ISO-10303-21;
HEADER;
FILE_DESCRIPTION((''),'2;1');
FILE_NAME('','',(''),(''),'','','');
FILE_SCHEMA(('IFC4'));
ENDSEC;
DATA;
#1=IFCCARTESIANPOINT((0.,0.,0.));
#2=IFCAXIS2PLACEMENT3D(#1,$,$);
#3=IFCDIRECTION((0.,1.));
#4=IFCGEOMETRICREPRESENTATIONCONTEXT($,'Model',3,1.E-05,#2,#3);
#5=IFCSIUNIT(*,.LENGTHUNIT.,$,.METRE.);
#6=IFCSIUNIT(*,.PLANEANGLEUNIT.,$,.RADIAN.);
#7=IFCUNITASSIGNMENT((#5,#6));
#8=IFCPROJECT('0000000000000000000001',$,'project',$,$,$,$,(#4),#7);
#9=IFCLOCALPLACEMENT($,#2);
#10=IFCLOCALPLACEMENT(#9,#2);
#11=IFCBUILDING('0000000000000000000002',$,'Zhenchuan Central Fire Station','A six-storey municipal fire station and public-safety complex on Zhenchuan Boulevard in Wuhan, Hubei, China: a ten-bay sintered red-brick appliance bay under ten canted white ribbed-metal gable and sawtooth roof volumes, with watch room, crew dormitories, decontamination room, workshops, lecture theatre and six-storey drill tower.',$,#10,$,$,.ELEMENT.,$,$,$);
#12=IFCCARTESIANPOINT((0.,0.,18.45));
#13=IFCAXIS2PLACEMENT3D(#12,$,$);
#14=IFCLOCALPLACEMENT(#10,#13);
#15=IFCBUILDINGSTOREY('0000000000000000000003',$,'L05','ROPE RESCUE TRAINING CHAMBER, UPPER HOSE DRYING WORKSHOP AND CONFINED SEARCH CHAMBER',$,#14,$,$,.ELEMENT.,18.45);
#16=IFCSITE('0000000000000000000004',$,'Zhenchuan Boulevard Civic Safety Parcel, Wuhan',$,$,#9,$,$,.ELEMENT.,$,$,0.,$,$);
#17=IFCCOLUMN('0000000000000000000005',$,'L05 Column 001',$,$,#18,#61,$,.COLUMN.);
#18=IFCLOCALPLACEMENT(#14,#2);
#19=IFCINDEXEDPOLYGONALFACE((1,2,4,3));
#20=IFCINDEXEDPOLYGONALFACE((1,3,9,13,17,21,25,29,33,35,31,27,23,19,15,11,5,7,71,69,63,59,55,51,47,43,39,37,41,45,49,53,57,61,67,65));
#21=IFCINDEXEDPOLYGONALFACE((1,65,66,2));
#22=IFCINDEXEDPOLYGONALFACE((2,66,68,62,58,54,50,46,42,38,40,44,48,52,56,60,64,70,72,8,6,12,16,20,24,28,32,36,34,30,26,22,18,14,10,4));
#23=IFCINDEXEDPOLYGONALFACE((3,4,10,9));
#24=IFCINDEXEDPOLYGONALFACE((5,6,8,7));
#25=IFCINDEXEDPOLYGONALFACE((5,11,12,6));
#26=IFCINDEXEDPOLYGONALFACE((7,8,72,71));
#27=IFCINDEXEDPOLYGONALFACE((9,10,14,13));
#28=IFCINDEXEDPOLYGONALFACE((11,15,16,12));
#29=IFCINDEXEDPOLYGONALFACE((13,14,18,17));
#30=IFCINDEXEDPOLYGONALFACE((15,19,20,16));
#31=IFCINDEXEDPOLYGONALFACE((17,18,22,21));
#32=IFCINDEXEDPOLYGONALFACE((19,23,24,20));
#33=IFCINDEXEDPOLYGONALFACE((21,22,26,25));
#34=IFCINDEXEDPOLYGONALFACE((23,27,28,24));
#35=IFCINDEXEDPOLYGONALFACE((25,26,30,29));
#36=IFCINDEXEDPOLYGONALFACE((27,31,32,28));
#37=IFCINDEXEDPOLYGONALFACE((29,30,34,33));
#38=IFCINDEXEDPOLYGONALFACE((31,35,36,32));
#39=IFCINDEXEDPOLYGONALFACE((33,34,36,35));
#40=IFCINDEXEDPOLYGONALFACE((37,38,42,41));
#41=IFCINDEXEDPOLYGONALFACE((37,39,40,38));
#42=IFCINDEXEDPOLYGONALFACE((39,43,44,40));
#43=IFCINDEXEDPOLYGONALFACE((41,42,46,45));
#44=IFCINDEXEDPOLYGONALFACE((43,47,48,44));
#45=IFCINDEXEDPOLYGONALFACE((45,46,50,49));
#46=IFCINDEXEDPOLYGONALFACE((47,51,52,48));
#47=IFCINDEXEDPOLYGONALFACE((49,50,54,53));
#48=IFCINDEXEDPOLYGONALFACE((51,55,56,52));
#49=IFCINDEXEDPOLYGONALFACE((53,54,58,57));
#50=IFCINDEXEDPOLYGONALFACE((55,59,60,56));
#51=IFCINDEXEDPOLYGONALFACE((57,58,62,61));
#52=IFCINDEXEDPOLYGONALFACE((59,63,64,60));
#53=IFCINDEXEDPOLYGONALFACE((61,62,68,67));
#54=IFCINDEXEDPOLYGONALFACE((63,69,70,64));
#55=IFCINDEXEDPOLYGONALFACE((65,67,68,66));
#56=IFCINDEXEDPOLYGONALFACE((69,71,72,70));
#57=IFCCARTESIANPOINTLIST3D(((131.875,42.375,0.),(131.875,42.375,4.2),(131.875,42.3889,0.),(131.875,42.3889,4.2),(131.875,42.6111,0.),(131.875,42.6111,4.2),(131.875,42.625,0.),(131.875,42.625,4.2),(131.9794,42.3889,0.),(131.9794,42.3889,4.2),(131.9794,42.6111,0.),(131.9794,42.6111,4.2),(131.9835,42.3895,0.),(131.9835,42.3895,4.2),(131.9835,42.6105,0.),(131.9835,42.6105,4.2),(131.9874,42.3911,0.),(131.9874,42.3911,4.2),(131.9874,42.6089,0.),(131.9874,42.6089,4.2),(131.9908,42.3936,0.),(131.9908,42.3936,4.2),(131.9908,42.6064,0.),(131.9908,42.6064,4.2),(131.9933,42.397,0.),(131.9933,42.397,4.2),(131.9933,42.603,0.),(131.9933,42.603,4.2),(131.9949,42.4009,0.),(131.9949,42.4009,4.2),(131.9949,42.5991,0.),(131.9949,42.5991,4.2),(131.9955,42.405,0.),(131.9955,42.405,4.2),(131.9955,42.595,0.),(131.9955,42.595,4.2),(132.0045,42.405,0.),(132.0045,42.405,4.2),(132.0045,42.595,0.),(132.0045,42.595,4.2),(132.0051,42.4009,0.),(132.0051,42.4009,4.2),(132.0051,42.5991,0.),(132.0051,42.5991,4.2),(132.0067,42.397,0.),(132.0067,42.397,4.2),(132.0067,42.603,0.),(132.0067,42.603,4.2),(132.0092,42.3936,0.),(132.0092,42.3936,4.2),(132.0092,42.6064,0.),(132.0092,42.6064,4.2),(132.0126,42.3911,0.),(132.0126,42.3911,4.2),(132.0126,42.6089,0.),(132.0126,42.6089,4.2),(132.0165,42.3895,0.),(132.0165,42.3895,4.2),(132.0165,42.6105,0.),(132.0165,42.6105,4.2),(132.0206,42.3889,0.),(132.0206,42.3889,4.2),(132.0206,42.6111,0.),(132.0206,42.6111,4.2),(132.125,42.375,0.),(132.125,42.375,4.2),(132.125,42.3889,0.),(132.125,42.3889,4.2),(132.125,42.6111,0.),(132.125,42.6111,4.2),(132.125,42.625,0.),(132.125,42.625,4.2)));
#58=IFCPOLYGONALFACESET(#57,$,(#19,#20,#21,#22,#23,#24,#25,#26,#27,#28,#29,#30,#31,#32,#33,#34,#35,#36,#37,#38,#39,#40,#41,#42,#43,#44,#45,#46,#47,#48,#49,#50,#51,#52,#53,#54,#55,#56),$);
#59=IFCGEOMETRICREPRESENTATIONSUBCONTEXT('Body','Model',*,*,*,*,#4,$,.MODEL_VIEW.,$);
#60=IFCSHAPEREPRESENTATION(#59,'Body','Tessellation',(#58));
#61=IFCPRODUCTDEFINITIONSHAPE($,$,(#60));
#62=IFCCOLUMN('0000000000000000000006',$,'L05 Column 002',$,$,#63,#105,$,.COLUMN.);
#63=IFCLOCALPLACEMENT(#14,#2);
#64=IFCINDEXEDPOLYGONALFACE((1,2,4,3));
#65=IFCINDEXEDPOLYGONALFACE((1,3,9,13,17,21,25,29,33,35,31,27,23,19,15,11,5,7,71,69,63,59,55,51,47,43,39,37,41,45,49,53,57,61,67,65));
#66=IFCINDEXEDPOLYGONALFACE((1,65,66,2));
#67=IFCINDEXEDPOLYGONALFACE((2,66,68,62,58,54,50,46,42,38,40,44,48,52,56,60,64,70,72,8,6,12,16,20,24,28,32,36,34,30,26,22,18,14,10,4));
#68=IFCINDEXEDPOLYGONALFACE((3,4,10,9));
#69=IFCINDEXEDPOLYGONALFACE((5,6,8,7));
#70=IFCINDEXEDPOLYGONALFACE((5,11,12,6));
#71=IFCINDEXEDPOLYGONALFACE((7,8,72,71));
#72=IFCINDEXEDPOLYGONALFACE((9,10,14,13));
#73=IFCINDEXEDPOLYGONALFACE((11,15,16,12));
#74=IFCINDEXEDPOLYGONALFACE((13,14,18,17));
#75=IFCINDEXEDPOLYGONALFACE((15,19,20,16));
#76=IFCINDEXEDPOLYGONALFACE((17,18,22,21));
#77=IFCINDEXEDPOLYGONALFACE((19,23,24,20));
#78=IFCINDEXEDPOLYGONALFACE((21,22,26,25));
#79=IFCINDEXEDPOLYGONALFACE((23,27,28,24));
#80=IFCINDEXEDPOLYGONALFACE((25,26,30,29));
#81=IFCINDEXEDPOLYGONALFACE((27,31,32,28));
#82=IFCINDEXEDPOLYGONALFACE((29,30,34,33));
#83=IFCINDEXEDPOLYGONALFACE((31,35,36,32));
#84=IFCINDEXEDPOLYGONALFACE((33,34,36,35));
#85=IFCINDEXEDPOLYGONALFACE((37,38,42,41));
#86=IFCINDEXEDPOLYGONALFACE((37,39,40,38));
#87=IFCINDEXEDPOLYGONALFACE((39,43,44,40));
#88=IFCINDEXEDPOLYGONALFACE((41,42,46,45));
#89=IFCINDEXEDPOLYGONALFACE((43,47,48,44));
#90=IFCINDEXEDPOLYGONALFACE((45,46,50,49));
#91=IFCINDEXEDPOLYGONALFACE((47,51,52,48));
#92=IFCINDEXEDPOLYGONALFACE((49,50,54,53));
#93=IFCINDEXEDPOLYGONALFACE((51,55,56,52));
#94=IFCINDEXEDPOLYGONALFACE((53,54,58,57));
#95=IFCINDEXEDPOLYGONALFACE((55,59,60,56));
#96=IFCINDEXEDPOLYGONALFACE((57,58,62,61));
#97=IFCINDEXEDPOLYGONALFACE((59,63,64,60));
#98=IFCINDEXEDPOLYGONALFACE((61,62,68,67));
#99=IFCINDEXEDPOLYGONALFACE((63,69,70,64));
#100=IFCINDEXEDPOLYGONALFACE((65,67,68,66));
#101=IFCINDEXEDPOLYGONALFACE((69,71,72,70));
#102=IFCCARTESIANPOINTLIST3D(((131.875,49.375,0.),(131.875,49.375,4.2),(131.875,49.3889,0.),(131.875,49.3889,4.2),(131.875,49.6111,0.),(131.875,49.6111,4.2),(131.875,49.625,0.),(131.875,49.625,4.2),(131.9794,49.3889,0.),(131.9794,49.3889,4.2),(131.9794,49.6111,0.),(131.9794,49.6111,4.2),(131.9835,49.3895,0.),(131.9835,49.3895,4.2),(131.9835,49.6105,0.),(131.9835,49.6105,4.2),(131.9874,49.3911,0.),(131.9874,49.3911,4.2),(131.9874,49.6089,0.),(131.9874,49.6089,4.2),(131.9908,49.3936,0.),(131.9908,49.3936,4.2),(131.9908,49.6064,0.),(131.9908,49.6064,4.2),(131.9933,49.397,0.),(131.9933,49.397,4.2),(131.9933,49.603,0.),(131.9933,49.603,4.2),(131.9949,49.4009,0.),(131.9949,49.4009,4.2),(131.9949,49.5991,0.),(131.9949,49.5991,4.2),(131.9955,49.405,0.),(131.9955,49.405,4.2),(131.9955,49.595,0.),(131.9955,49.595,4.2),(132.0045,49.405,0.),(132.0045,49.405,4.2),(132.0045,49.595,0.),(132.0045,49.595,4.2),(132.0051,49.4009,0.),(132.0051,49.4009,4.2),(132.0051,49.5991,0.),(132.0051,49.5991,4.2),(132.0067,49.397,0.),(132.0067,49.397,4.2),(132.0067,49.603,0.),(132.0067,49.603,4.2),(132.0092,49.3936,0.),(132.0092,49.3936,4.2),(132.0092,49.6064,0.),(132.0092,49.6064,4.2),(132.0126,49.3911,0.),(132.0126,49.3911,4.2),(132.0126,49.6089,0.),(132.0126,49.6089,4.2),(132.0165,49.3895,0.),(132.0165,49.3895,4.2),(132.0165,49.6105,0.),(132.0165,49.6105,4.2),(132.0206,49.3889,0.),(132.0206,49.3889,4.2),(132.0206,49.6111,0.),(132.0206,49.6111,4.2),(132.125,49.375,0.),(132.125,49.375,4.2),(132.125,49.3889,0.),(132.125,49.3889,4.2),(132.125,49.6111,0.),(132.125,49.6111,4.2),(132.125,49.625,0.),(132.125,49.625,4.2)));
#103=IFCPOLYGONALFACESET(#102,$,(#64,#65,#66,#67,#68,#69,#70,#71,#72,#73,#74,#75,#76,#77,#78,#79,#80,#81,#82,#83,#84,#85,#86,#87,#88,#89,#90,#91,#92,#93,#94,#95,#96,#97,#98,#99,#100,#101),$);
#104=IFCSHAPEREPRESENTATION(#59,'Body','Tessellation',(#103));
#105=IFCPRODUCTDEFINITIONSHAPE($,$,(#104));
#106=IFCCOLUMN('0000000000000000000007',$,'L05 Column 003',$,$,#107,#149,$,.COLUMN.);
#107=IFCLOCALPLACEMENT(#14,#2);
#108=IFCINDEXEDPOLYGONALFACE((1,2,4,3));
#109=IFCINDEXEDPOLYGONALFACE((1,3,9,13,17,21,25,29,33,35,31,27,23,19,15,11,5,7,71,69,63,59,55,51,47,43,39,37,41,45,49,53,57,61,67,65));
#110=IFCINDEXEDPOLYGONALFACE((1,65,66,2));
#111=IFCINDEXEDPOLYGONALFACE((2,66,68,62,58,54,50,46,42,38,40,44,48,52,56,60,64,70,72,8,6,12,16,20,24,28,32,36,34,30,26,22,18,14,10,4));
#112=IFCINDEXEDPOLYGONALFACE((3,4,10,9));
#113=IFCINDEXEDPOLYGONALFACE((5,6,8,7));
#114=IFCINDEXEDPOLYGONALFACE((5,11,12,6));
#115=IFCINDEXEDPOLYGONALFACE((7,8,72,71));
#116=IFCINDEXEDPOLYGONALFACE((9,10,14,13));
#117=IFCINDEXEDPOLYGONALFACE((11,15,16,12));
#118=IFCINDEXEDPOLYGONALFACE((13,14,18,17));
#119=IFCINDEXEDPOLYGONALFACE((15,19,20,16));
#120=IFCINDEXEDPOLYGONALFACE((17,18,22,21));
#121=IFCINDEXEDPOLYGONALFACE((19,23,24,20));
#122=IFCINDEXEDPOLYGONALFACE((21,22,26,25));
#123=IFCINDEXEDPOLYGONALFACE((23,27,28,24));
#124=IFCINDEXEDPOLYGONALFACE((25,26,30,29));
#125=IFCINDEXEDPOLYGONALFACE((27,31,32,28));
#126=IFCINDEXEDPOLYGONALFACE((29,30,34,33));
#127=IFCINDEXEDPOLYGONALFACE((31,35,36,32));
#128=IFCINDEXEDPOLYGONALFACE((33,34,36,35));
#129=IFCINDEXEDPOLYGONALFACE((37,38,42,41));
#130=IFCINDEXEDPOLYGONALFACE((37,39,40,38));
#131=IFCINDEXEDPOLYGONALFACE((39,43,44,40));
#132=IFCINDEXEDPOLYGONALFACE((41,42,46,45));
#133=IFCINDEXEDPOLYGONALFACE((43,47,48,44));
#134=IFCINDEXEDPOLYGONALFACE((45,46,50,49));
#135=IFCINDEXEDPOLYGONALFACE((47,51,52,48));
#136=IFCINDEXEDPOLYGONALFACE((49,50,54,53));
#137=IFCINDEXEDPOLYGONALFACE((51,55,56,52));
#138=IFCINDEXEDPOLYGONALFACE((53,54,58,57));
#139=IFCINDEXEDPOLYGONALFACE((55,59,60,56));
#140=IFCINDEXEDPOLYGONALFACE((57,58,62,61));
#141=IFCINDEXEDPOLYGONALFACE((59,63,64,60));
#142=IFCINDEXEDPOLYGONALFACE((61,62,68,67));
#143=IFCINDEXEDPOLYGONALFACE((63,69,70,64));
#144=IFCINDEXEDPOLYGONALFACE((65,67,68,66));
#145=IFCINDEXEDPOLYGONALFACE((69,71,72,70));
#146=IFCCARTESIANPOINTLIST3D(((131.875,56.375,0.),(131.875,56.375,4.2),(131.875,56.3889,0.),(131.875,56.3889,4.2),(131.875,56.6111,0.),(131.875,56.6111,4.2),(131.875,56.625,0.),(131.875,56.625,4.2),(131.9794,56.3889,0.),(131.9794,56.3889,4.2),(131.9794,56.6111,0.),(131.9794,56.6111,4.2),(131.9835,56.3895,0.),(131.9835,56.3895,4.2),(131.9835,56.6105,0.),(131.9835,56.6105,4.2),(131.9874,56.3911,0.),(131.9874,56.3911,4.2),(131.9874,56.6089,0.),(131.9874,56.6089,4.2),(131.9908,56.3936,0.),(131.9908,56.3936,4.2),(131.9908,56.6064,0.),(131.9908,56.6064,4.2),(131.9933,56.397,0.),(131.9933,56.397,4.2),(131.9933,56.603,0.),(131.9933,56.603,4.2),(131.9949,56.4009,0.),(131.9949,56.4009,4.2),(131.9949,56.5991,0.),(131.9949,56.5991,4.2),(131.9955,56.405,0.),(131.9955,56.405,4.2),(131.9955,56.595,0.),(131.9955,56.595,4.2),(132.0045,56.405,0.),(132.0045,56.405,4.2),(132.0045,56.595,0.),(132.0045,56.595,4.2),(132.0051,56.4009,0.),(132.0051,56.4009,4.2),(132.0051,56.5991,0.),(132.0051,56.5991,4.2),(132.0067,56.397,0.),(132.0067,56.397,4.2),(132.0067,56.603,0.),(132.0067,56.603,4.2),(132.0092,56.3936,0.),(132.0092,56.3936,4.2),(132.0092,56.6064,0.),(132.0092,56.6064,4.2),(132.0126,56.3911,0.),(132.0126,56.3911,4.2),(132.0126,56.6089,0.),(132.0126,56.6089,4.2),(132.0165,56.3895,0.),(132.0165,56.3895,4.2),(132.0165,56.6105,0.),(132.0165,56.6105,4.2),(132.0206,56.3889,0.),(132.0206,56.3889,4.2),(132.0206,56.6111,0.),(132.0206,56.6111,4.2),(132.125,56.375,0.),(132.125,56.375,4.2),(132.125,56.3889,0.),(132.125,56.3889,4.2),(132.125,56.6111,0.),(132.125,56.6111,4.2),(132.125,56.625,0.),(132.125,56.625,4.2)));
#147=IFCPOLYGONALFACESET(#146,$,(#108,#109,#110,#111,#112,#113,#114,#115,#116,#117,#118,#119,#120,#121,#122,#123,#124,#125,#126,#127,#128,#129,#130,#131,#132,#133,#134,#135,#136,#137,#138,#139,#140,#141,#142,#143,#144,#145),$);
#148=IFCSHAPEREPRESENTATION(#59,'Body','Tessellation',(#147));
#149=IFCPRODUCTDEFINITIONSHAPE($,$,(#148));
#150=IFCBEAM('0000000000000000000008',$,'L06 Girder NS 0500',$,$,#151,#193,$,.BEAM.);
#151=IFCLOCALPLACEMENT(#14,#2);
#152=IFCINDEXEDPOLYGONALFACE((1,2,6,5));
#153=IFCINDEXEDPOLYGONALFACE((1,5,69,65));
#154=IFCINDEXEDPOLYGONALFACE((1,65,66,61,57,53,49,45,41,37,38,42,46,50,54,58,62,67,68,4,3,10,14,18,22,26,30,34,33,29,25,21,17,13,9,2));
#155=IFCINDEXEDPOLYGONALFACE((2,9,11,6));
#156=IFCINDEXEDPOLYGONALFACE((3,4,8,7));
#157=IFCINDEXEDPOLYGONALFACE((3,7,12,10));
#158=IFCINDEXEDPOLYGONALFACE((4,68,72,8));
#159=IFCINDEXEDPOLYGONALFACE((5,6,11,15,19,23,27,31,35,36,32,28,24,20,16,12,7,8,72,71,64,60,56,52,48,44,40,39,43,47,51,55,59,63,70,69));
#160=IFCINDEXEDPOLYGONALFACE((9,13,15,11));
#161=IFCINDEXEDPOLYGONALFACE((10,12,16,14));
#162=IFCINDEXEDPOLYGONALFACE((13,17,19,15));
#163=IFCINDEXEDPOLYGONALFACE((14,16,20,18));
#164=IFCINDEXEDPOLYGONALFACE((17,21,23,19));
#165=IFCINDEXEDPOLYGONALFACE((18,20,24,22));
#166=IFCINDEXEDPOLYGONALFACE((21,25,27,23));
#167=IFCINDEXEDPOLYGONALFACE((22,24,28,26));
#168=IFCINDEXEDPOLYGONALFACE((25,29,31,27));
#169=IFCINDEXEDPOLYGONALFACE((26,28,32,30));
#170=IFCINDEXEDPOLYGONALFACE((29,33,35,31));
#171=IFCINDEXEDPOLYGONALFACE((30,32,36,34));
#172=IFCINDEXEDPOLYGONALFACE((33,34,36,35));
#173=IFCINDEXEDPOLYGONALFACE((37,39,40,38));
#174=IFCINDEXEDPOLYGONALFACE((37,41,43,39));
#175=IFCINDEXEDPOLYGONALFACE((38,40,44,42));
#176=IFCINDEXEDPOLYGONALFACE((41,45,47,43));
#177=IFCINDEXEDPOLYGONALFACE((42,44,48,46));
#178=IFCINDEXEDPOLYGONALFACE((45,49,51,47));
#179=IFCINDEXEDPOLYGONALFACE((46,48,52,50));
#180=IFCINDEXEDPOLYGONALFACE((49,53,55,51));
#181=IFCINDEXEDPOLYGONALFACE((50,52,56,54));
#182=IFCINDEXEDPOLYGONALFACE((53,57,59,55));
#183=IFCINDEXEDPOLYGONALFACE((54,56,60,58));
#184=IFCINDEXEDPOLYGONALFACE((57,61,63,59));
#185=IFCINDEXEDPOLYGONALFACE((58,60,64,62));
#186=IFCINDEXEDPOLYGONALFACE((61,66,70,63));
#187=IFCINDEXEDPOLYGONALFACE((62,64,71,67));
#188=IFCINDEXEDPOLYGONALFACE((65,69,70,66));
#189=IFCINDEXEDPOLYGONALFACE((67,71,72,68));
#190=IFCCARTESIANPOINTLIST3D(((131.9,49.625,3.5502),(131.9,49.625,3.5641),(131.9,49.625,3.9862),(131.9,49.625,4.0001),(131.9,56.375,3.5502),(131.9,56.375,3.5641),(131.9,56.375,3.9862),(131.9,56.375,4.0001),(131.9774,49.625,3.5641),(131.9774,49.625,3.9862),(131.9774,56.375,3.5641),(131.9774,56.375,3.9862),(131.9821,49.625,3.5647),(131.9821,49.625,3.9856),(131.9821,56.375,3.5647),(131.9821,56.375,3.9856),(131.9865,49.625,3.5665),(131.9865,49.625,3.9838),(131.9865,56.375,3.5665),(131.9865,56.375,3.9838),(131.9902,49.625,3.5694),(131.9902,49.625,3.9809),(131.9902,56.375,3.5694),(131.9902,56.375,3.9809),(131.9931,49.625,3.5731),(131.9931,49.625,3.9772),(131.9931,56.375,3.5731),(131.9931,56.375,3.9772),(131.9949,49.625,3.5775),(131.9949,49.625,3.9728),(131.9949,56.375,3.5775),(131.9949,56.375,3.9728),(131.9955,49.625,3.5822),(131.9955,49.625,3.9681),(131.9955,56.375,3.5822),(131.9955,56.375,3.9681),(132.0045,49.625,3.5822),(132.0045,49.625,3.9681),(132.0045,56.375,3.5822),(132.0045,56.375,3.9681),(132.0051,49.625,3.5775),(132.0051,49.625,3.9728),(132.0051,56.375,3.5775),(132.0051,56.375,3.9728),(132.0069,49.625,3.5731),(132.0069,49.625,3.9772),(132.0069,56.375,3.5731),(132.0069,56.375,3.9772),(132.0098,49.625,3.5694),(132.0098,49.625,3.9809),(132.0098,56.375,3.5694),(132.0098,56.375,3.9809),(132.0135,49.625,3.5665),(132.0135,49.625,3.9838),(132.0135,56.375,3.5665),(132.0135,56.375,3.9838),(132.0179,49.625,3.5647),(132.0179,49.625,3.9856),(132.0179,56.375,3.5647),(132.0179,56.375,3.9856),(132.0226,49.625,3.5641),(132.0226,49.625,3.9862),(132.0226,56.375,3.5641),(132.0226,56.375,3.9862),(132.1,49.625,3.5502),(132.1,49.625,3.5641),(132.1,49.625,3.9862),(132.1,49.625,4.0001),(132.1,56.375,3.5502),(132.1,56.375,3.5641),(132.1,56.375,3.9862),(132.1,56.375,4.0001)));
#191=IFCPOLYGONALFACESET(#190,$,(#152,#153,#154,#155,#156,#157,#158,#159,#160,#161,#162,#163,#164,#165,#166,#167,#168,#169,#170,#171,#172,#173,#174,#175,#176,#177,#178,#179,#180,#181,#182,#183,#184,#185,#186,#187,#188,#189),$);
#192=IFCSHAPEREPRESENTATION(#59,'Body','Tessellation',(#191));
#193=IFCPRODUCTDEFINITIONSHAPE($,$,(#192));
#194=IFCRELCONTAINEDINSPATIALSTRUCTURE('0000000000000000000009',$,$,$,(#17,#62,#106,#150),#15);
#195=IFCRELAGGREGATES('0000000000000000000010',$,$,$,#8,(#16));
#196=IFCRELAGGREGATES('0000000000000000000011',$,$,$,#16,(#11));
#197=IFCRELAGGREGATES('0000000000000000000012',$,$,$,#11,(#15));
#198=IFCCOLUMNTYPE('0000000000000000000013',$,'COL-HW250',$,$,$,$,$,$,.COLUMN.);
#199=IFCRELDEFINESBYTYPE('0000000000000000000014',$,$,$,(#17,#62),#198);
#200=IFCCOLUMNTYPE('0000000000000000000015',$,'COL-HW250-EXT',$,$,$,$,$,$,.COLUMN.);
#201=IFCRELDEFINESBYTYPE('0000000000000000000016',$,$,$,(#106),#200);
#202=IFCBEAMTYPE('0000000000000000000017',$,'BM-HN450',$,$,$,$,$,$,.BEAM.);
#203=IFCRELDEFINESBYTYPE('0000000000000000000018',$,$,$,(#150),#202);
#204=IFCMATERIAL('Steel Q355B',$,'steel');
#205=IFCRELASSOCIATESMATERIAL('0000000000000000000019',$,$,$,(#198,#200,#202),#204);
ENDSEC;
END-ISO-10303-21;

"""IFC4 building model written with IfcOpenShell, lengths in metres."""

from ifc_helpers import new_model, si_unit, direction, frame, origin, origin_2d, place, context, subcontext, project, spatial, i_section, extrude, material, material_profile, profile_set, type_object, element, save


model = new_model("IFC4")

# Units and contexts
model_context = context("Model", 3, precision=1e-05, world=origin(), true_north=direction((0.0, 1.0)))
body_context = subcontext(model_context, "Body", "Model", "MODEL_VIEW")
ifc_project = project(units=[si_unit("LENGTHUNIT", "METRE"), si_unit("PLANEANGLEUNIT", "RADIAN")], contexts=[model_context])

# Site, building, storey
site_placement = place(None, origin())
site = spatial("IfcSite", under=ifc_project, at=site_placement, Name="Zhenchuan Boulevard Civic Safety Parcel, Wuhan", CompositionType="ELEMENT", RefElevation=0.0)
building_placement = place(site_placement, origin())
building = spatial("IfcBuilding", under=site, at=building_placement, Name="Zhenchuan Central Fire Station", Description="A six-storey municipal fire station and public-safety complex on Zhenchuan Boulevard in Wuhan, Hubei, China: a ten-bay sintered red-brick appliance bay under ten canted white ribbed-metal gable and sawtooth roof volumes, with watch room, crew dormitories, decontamination room, workshops, lecture theatre and six-storey drill tower.", CompositionType="ELEMENT")
storey_placement = place(building_placement, frame((0.0, 0.0, 18.45)))
storey = spatial("IfcBuildingStorey", under=building, at=storey_placement, Name="L05", Description="ROPE RESCUE TRAINING CHAMBER, UPPER HOSE DRYING WORKSHOP AND CONFINED SEARCH CHAMBER", CompositionType="ELEMENT", Elevation=18.45)

# Columns
ifc_material_1 = material(Name="Steel Q355B", Category="steel")
ifc_material_profile_1 = material_profile(ifc_material_1, i_section(OverallWidth=0.25, OverallDepth=0.25, WebThickness=0.009, FlangeThickness=0.0139, FilletRadius=0.0161, at=origin_2d()), Name="HW 250x250")
ifc_profile_set_1 = profile_set([ifc_material_profile_1], Name="Steel Q355B")
column_type_1 = type_object("IfcColumnType", Name="COL-HW250", PredefinedType="COLUMN", material=ifc_profile_set_1)
for number, where, z_axis, x_axis, name in (
    (1, (132.0, 42.5, 0.0), (0.0, 0.0, 1.0), (1.0, 0.0, 0.0), "L05 Column 001"),
    (2, (132.0, 49.5, 0.0), (0.0, 0.0, 1.0), (1.0, 0.0, 0.0), "L05 Column 002"),
):
    element("IfcColumn", number, at=place(storey_placement, frame(where, z_axis=z_axis, x_axis=x_axis)), inside=storey, type_object=column_type_1, Name=name, PredefinedType="COLUMN", context=body_context, shape_type="SweptSolid", body=[
        extrude(i_section(OverallWidth=0.25, OverallDepth=0.25, WebThickness=0.009, FlangeThickness=0.0139, FilletRadius=0.0161, at=origin_2d()), origin(), (0.0, 0.0, 1.0), 4.2),
    ])
ifc_material_profile_2 = material_profile(ifc_material_1, i_section(OverallWidth=0.25, OverallDepth=0.25, WebThickness=0.009, FlangeThickness=0.0139, FilletRadius=0.0161, at=origin_2d()), Name="HW 250x250")
ifc_profile_set_2 = profile_set([ifc_material_profile_2], Name="Steel Q355B")
column_type_2 = type_object("IfcColumnType", Name="COL-HW250-EXT", PredefinedType="COLUMN", material=ifc_profile_set_2)
column_placement = place(storey_placement, frame((132.0, 56.5, 0.0), z_axis=(0.0, 0.0, 1.0), x_axis=(1.0, 0.0, 0.0)))
element("IfcColumn", 3, at=column_placement, inside=storey, type_object=column_type_2, Name="L05 Column 003", PredefinedType="COLUMN", context=body_context, shape_type="SweptSolid", body=[
    extrude(i_section(OverallWidth=0.25, OverallDepth=0.25, WebThickness=0.009, FlangeThickness=0.0139, FilletRadius=0.0161, at=origin_2d()), origin(), (0.0, 0.0, 1.0), 4.2),
])

# Beam
ifc_material_profile_3 = material_profile(ifc_material_1, i_section(OverallWidth=0.2, OverallDepth=0.45, WebThickness=0.009, FlangeThickness=0.0139, FilletRadius=0.0181, at=origin_2d()), Name="HN 450x200")
ifc_profile_set_3 = profile_set([ifc_material_profile_3], Name="Steel Q355B")
beam_type_1 = type_object("IfcBeamType", Name="BM-HN450", PredefinedType="BEAM", material=ifc_profile_set_3)
beam_1_placement = place(storey_placement, frame((132.0, 49.625, 3.7751), z_axis=(0.0, 1.0, 0.0), x_axis=(-1.0, 0.0, 0.0)))
element("IfcBeam", 4, at=beam_1_placement, inside=storey, type_object=beam_type_1, Name="L06 Girder NS 0500", PredefinedType="BEAM", context=body_context, shape_type="SweptSolid", body=[
    extrude(i_section(OverallWidth=0.2, OverallDepth=0.45, WebThickness=0.009, FlangeThickness=0.0139, FilletRadius=0.0181, at=origin_2d()), origin(), (0.0, 0.0, 1.0), 6.75),
])

save(model, "model.ifc")
